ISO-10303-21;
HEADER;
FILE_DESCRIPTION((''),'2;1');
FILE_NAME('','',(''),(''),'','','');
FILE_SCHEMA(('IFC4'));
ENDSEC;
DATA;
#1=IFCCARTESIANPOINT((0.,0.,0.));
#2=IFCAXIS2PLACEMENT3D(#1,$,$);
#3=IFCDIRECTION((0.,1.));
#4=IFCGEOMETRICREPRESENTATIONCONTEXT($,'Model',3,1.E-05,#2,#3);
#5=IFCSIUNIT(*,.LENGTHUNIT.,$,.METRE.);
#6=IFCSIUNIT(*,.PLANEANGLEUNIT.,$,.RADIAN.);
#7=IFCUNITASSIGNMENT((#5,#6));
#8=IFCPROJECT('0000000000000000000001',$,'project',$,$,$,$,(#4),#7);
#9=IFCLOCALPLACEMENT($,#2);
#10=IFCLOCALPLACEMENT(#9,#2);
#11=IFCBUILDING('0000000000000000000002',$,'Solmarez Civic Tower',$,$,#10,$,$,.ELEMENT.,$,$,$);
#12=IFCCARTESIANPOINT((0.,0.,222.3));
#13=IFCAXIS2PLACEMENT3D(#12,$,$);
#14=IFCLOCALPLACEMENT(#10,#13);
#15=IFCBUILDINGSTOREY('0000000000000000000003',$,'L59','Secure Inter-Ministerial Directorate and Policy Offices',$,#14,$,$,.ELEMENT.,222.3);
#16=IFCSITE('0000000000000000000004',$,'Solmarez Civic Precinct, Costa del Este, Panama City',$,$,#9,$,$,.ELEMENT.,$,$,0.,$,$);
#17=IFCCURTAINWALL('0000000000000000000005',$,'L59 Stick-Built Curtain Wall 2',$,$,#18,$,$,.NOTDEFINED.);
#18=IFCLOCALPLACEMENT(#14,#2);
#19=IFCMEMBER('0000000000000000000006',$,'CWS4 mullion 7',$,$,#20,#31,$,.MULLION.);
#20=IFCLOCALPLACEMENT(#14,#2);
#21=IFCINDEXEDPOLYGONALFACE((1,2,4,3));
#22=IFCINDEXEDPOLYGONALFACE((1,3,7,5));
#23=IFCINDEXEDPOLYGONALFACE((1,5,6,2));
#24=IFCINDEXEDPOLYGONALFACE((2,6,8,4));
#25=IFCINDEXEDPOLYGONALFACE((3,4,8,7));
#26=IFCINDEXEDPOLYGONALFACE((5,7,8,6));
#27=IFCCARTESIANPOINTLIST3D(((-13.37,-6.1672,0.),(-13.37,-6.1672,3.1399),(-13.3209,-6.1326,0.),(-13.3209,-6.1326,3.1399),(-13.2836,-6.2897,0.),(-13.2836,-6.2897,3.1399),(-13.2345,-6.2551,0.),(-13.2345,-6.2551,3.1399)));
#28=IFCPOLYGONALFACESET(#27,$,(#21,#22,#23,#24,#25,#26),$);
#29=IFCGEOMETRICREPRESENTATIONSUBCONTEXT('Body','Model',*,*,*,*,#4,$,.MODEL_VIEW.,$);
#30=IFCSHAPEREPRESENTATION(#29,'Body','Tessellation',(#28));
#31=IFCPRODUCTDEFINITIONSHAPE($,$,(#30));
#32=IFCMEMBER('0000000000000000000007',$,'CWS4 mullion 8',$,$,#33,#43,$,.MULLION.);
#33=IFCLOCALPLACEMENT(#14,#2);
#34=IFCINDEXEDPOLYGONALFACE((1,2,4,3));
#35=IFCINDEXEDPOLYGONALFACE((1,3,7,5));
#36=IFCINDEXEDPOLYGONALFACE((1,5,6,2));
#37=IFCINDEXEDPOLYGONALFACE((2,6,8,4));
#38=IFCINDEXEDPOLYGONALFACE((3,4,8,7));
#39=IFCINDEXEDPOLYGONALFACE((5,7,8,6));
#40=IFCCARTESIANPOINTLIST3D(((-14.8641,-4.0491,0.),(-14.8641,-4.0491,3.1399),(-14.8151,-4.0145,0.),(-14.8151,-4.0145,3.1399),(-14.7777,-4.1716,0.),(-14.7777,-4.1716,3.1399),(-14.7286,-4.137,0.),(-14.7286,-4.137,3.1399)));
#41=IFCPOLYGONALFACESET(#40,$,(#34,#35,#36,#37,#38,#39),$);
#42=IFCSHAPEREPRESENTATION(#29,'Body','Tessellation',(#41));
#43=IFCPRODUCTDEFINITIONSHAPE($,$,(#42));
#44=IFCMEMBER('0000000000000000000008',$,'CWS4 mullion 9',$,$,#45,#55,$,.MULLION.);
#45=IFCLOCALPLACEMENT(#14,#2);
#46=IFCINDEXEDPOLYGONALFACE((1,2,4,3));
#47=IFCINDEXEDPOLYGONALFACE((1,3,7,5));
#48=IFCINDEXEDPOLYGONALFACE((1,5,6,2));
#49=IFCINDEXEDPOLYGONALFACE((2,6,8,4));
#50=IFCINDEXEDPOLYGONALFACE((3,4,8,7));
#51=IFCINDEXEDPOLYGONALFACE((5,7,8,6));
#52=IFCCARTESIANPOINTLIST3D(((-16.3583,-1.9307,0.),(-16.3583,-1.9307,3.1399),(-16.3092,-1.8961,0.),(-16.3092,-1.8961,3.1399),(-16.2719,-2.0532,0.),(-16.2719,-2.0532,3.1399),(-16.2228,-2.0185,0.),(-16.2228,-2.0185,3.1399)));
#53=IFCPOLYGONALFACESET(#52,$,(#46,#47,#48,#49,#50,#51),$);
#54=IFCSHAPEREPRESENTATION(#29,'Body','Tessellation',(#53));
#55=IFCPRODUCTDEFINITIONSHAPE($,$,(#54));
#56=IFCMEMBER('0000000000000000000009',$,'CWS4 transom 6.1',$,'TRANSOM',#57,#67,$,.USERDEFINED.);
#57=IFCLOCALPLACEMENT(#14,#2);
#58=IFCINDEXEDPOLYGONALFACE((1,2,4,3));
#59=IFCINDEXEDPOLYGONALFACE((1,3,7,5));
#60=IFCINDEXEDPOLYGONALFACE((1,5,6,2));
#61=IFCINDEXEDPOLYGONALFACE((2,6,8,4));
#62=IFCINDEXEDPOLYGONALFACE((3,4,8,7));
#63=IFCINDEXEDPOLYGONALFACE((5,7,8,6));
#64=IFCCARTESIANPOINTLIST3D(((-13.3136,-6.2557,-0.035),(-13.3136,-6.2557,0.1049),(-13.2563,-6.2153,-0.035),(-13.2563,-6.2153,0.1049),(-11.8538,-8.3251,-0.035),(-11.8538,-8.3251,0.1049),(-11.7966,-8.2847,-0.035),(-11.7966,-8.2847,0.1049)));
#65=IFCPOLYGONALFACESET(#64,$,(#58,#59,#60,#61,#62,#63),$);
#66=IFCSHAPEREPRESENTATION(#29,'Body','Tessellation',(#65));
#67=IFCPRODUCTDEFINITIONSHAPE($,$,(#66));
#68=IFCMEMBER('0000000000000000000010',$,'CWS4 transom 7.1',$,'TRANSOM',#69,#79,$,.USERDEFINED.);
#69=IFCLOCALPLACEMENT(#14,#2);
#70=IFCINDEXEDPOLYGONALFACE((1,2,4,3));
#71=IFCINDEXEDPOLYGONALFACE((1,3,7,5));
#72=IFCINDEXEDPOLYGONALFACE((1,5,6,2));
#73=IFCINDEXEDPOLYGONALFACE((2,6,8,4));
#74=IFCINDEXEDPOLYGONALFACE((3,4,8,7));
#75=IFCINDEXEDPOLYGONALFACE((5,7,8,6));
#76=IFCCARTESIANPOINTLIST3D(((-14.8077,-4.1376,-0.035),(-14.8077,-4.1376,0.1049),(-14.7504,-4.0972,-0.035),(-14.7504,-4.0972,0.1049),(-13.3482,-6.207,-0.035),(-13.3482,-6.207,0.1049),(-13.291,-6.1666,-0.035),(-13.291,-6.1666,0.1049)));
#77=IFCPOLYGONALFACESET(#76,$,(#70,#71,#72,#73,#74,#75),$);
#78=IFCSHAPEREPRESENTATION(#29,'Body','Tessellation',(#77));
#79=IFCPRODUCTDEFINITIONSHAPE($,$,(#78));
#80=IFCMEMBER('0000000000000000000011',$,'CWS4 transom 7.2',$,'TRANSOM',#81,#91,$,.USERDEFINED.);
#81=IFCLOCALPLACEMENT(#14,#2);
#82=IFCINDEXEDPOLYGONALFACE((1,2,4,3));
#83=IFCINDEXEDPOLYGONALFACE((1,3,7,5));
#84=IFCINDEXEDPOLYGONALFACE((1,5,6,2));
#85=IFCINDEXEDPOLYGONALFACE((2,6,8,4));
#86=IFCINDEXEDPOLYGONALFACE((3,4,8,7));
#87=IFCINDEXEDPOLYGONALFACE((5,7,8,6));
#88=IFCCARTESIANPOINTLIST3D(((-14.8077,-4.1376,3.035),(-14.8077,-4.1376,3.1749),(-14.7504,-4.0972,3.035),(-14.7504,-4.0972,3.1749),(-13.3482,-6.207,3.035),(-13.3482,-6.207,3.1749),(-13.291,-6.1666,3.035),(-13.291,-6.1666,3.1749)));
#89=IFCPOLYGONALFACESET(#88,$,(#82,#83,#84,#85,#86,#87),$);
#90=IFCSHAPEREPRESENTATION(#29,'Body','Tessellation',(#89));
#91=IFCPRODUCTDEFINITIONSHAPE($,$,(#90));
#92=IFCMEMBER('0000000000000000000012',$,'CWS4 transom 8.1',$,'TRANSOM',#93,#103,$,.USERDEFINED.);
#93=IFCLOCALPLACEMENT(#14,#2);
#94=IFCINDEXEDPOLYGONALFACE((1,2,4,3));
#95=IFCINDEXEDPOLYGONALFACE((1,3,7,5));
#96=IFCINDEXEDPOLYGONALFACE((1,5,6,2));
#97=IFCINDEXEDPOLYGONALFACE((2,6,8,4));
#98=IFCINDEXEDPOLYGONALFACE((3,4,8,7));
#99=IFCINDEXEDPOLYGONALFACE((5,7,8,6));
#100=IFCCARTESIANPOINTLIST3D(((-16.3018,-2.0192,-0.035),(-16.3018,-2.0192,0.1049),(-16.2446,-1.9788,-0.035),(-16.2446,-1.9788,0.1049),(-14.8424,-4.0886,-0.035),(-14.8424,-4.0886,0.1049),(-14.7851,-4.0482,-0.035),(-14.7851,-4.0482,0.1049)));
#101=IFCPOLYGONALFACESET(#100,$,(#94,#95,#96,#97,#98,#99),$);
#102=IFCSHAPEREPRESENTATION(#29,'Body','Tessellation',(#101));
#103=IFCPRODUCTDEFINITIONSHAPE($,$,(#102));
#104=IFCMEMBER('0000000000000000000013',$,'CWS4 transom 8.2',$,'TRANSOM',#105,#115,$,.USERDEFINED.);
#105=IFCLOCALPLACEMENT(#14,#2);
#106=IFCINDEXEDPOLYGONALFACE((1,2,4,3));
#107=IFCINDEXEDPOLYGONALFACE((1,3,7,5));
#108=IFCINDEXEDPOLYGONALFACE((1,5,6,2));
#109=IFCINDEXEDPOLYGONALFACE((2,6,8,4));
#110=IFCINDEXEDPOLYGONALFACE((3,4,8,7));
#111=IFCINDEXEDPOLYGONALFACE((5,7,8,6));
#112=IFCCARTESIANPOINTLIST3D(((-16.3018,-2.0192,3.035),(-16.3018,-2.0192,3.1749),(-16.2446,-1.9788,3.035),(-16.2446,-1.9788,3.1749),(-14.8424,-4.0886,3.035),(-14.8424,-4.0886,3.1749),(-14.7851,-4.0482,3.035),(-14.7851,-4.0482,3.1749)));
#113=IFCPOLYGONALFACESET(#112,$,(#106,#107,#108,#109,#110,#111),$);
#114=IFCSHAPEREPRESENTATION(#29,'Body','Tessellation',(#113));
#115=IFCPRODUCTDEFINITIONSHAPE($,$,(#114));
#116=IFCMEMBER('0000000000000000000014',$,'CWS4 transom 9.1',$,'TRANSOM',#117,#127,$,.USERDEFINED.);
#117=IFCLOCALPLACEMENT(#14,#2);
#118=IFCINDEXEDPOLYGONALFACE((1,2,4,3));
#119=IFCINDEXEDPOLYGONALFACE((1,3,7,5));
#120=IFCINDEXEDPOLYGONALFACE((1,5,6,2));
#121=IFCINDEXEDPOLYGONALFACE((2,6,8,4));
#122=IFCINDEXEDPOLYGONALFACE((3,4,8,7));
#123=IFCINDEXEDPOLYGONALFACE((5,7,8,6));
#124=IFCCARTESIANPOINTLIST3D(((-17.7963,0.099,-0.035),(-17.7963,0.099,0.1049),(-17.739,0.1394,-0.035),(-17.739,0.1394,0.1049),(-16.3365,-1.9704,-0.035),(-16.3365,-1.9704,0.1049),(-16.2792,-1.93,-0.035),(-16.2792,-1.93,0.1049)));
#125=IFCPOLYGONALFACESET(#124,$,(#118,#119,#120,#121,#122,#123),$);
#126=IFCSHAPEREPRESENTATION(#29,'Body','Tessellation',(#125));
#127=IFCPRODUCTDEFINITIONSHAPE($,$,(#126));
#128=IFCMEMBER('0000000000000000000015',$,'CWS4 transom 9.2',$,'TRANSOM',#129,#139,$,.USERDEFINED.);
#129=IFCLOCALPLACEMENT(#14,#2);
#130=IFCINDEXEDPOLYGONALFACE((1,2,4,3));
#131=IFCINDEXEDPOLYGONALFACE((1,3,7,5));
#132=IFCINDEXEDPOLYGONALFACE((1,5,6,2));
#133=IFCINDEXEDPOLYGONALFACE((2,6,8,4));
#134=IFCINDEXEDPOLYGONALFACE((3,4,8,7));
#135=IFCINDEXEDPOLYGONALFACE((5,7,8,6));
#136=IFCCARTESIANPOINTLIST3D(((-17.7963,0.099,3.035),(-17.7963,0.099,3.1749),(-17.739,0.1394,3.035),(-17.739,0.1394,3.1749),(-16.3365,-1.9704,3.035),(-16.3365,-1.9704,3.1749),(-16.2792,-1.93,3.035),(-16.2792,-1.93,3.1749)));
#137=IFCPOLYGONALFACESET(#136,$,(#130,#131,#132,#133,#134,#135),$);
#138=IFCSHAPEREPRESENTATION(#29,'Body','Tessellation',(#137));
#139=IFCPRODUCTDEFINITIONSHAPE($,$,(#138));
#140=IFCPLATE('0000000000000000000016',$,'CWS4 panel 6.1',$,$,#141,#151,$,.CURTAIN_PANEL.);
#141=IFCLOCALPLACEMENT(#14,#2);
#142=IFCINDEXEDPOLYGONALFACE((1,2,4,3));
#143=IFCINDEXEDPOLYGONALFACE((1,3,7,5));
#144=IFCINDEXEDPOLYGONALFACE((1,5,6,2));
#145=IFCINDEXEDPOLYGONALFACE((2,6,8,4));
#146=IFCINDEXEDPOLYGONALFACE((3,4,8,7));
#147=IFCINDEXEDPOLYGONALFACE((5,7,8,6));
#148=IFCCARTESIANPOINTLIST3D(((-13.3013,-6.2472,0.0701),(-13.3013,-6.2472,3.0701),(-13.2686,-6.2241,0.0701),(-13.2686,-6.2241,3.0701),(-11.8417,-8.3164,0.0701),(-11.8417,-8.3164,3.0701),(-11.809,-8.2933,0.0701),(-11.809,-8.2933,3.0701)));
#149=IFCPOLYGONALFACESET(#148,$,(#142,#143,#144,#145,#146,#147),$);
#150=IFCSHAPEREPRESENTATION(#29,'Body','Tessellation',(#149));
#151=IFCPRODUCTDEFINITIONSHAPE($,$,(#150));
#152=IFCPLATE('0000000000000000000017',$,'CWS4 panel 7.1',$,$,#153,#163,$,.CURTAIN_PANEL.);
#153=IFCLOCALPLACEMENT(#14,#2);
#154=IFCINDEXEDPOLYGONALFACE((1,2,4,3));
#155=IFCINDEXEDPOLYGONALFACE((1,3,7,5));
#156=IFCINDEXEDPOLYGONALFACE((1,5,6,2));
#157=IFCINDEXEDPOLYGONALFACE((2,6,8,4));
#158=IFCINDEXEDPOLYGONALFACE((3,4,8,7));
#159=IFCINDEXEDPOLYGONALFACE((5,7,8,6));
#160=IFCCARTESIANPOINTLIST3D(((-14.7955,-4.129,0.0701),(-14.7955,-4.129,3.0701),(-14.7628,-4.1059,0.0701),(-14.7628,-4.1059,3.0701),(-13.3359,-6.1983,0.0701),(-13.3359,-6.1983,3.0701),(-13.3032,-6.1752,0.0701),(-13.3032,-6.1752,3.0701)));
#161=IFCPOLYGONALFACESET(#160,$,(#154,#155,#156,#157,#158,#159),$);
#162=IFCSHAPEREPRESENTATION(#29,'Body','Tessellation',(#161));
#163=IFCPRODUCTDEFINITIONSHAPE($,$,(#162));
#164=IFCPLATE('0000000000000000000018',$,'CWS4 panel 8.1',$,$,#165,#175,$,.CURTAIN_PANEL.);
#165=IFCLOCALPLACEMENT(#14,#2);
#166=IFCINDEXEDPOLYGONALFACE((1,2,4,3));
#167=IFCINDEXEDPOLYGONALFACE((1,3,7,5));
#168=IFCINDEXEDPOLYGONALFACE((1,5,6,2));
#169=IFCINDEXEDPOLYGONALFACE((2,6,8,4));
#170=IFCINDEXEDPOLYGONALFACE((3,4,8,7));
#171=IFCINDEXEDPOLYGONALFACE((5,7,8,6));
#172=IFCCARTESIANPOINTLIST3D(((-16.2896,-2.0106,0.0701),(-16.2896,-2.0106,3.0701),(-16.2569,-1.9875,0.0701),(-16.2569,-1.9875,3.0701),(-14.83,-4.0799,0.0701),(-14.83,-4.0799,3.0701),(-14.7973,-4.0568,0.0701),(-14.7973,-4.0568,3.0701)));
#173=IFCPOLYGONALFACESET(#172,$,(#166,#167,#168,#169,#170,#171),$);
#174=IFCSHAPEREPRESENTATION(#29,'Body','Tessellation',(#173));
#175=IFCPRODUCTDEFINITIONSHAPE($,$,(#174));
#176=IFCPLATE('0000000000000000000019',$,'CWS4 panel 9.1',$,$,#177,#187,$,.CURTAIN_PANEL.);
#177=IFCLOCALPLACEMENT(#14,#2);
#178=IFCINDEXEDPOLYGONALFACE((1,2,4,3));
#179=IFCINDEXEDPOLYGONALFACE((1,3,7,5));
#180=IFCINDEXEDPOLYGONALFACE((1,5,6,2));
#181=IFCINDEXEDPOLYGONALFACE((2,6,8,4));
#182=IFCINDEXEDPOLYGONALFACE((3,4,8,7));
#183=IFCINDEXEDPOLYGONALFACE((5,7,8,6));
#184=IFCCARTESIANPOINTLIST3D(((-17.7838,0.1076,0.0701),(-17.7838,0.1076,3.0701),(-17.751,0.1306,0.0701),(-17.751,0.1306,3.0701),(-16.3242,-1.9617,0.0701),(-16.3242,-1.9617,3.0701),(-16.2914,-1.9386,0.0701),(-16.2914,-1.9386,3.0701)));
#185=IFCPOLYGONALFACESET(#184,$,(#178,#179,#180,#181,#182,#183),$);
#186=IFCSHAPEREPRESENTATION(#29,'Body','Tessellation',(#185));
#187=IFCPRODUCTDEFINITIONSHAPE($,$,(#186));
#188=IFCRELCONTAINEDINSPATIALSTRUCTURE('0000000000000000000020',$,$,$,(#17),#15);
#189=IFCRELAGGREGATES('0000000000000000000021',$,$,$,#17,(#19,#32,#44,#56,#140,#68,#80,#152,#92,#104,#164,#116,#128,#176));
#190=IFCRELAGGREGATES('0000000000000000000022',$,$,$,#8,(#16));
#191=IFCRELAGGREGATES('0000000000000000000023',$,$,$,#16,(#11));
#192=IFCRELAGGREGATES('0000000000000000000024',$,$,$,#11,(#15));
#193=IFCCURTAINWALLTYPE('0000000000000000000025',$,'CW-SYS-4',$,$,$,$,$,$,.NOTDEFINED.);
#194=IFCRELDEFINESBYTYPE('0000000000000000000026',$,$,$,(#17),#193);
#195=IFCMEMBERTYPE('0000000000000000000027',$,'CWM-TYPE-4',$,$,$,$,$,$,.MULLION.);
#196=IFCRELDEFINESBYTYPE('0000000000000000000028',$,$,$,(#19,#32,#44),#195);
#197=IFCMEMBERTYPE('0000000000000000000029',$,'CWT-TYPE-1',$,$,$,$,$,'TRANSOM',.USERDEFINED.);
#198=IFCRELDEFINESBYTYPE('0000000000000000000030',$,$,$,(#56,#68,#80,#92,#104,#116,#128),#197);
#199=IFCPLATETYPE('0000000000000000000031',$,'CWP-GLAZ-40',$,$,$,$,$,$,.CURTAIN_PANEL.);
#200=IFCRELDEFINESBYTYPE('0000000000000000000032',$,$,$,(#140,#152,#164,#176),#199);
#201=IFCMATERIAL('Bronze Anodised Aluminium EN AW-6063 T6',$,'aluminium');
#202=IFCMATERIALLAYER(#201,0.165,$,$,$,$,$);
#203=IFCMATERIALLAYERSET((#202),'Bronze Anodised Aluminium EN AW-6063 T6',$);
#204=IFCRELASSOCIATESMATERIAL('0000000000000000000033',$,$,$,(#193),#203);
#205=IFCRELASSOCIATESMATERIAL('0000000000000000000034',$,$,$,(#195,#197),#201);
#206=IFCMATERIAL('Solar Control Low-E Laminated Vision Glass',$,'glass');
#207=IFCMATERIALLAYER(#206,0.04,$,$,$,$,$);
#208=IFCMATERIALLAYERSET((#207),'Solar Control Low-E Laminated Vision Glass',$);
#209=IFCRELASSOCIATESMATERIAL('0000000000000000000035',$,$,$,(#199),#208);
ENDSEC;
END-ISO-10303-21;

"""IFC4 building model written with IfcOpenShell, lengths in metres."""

from ifc_helpers import new_model, si_unit, direction, frame, origin, origin_2d, place, context, subcontext, project, spatial, rectangle, extrude, material, layer, layer_set, material_profile, profile_set, type_object, element, aggregate, save


model = new_model("IFC4")

# Units and contexts
model_context = context("Model", 3, precision=1e-05, world=origin(), true_north=direction((0.0, 1.0)))
body_context = subcontext(model_context, "Body", "Model", "MODEL_VIEW")
ifc_project = project(units=[si_unit("LENGTHUNIT", "METRE"), si_unit("PLANEANGLEUNIT", "RADIAN")], contexts=[model_context])

# Site, building, storey
site_placement = place(None, origin())
site = spatial("IfcSite", under=ifc_project, at=site_placement, Name="Solmarez Civic Precinct, Costa del Este, Panama City", CompositionType="ELEMENT", RefElevation=0.0)
building_placement = place(site_placement, origin())
building = spatial("IfcBuilding", under=site, at=building_placement, Name="Solmarez Civic Tower", CompositionType="ELEMENT")
storey_placement = place(building_placement, frame((0.0, 0.0, 222.3)))
storey = spatial("IfcBuildingStorey", under=building, at=storey_placement, Name="L59", Description="Secure Inter-Ministerial Directorate and Policy Offices", CompositionType="ELEMENT", Elevation=222.3)

# Curtain wall, members, plates
ifc_material_1 = material(Name="Bronze Anodised Aluminium EN AW-6063 T6", Category="aluminium")
ifc_layer_1 = layer(ifc_material_1, 0.165)
ifc_layer_set_1 = layer_set([ifc_layer_1], Name="Bronze Anodised Aluminium EN AW-6063 T6")
curtain_wall_type = type_object("IfcCurtainWallType", Name="CW-SYS-4", PredefinedType="NOTDEFINED", material=ifc_layer_set_1)
curtain_wall_placement = place(storey_placement, origin())
curtain_wall = element("IfcCurtainWall", 1, at=curtain_wall_placement, inside=storey, type_object=curtain_wall_type, Name="L59 Stick-Built Curtain Wall 2", PredefinedType="NOTDEFINED")
ifc_material_profile_1 = material_profile(ifc_material_1, rectangle(XDim=0.0601, YDim=0.1499, at=origin_2d()), Name="CWM-60X150")
ifc_profile_set_1 = profile_set([ifc_material_profile_1], Name="Bronze Anodised Aluminium EN AW-6063 T6")
member_type_1 = type_object("IfcMemberType", Name="CWM-TYPE-4", PredefinedType="MULLION", material=ifc_profile_set_1)
member_1_placement = place(storey_placement, frame((-13.3022, -6.2112, 0.0), z_axis=(0.0, 0.0, 1.0), x_axis=(-0.817162, -0.576408, 0.0)))
member_1 = element("IfcMember", 2, at=member_1_placement, type_object=member_type_1, Name="CWS4 mullion 7", PredefinedType="MULLION", context=body_context, shape_type="SweptSolid", body=[
    extrude(rectangle(XDim=0.0601, YDim=0.1499, at=origin_2d()), origin(), (0.0, 0.0, 1.0), 3.1399),
])
member_2_placement = place(storey_placement, frame((-14.7964, -4.093, 0.0), z_axis=(0.0, 0.0, 1.0), x_axis=(-0.817162, -0.576408, 0.0)))
member_2 = element("IfcMember", 3, at=member_2_placement, type_object=member_type_1, Name="CWS4 mullion 8", PredefinedType="MULLION", context=body_context, shape_type="SweptSolid", body=[
    extrude(rectangle(XDim=0.0601, YDim=0.1499, at=origin_2d()), origin(), (0.0, 0.0, 1.0), 3.1399),
])
member_3_placement = place(storey_placement, frame((-16.2905, -1.9746, 0.0), z_axis=(0.0, 0.0, 1.0), x_axis=(-0.817162, -0.576408, 0.0)))
member_3 = element("IfcMember", 4, at=member_3_placement, type_object=member_type_1, Name="CWS4 mullion 9", PredefinedType="MULLION", context=body_context, shape_type="SweptSolid", body=[
    extrude(rectangle(XDim=0.0601, YDim=0.1499, at=origin_2d()), origin(), (0.0, 0.0, 1.0), 3.1399),
])
ifc_material_profile_2 = material_profile(ifc_material_1, rectangle(XDim=0.0701, YDim=0.1399, at=origin_2d()), Name="CWT-70X140")
ifc_profile_set_2 = profile_set([ifc_material_profile_2], Name="Bronze Anodised Aluminium EN AW-6063 T6")
member_type_2 = type_object("IfcMemberType", Name="CWT-TYPE-1", ElementType="TRANSOM", PredefinedType="USERDEFINED", material=ifc_profile_set_2)
member_4_placement = place(storey_placement, frame((-11.8252, -8.3049, 0.0349), z_axis=(-0.576422, 0.817152, 0.0), x_axis=(-0.817152, -0.576422, 0.0)))
member_4 = element("IfcMember", 5, at=member_4_placement, type_object=member_type_2, Name="CWS4 transom 6.1", ObjectType="TRANSOM", PredefinedType="USERDEFINED", context=body_context, shape_type="SweptSolid", body=[
    extrude(rectangle(XDim=0.0701, YDim=0.1399, at=origin_2d()), origin(), (0.0, 0.0, 1.0), 2.5325),
])
member_5_placement = place(storey_placement, frame((-13.3196, -6.1868, 0.0349), z_axis=(-0.576358, 0.817198, 0.0), x_axis=(-0.817198, -0.576358, 0.0)))
member_5 = element("IfcMember", 6, at=member_5_placement, type_object=member_type_2, Name="CWS4 transom 7.1", ObjectType="TRANSOM", PredefinedType="USERDEFINED", context=body_context, shape_type="SweptSolid", body=[
    extrude(rectangle(XDim=0.0701, YDim=0.1399, at=origin_2d()), origin(), (0.0, 0.0, 1.0), 2.5322),
])
member_6_placement = place(storey_placement, frame((-13.3196, -6.1868, 3.105), z_axis=(-0.576358, 0.817198, 0.0), x_axis=(-0.817198, -0.576358, 0.0)))
member_6 = element("IfcMember", 7, at=member_6_placement, type_object=member_type_2, Name="CWS4 transom 7.2", ObjectType="TRANSOM", PredefinedType="USERDEFINED", context=body_context, shape_type="SweptSolid", body=[
    extrude(rectangle(XDim=0.0701, YDim=0.1399, at=origin_2d()), origin(), (0.0, 0.0, 1.0), 2.5322),
])
member_7_placement = place(storey_placement, frame((-14.8137, -4.0684, 0.0349), z_axis=(-0.576358, 0.817198, 0.0), x_axis=(-0.817198, -0.576358, 0.0)))
member_7 = element("IfcMember", 8, at=member_7_placement, type_object=member_type_2, Name="CWS4 transom 8.1", ObjectType="TRANSOM", PredefinedType="USERDEFINED", context=body_context, shape_type="SweptSolid", body=[
    extrude(rectangle(XDim=0.0701, YDim=0.1399, at=origin_2d()), origin(), (0.0, 0.0, 1.0), 2.5322),
])
member_8_placement = place(storey_placement, frame((-14.8137, -4.0684, 3.105), z_axis=(-0.576358, 0.817198, 0.0), x_axis=(-0.817198, -0.576358, 0.0)))
member_8 = element("IfcMember", 9, at=member_8_placement, type_object=member_type_2, Name="CWS4 transom 8.2", ObjectType="TRANSOM", PredefinedType="USERDEFINED", context=body_context, shape_type="SweptSolid", body=[
    extrude(rectangle(XDim=0.0701, YDim=0.1399, at=origin_2d()), origin(), (0.0, 0.0, 1.0), 2.5322),
])
member_9_placement = place(storey_placement, frame((-16.3079, -1.9502, 0.0349), z_axis=(-0.576422, 0.817152, 0.0), x_axis=(-0.817152, -0.576422, 0.0)))
member_9 = element("IfcMember", 10, at=member_9_placement, type_object=member_type_2, Name="CWS4 transom 9.1", ObjectType="TRANSOM", PredefinedType="USERDEFINED", context=body_context, shape_type="SweptSolid", body=[
    extrude(rectangle(XDim=0.0701, YDim=0.1399, at=origin_2d()), origin(), (0.0, 0.0, 1.0), 2.5325),
])
member_10_placement = place(storey_placement, frame((-16.3079, -1.9502, 3.105), z_axis=(-0.576422, 0.817152, 0.0), x_axis=(-0.817152, -0.576422, 0.0)))
member_10 = element("IfcMember", 11, at=member_10_placement, type_object=member_type_2, Name="CWS4 transom 9.2", ObjectType="TRANSOM", PredefinedType="USERDEFINED", context=body_context, shape_type="SweptSolid", body=[
    extrude(rectangle(XDim=0.0701, YDim=0.1399, at=origin_2d()), origin(), (0.0, 0.0, 1.0), 2.5325),
])
ifc_material_2 = material(Name="Solar Control Low-E Laminated Vision Glass", Category="glass")
ifc_layer_2 = layer(ifc_material_2, 0.04)
ifc_layer_set_2 = layer_set([ifc_layer_2], Name="Solar Control Low-E Laminated Vision Glass")
plate_type = type_object("IfcPlateType", Name="CWP-GLAZ-40", PredefinedType="CURTAIN_PANEL", material=ifc_layer_set_2)
plate_1_placement = place(storey_placement, frame((-12.5552, -7.2703, 0.0701), z_axis=(0.0, 0.0, 1.0), x_axis=(-0.576408, 0.817162, 0.0)))
plate_1 = element("IfcPlate", 12, at=plate_1_placement, type_object=plate_type, Name="CWS4 panel 6.1", PredefinedType="CURTAIN_PANEL", context=body_context, shape_type="SweptSolid", body=[
    extrude(rectangle(XDim=2.5322, YDim=0.04, at=origin_2d()), origin(), (0.0, 0.0, 1.0), 3.0),
])
plate_2_placement = place(storey_placement, frame((-14.0493, -5.1521, 0.0701), z_axis=(0.0, 0.0, 1.0), x_axis=(-0.576408, 0.817162, 0.0)))
plate_2 = element("IfcPlate", 13, at=plate_2_placement, type_object=plate_type, Name="CWS4 panel 7.1", PredefinedType="CURTAIN_PANEL", context=body_context, shape_type="SweptSolid", body=[
    extrude(rectangle(XDim=2.5322, YDim=0.04, at=origin_2d()), origin(), (0.0, 0.0, 1.0), 3.0),
])
plate_3_placement = place(storey_placement, frame((-15.5435, -3.0337, 0.0701), z_axis=(0.0, 0.0, 1.0), x_axis=(-0.576408, 0.817162, 0.0)))
plate_3 = element("IfcPlate", 14, at=plate_3_placement, type_object=plate_type, Name="CWS4 panel 8.1", PredefinedType="CURTAIN_PANEL", context=body_context, shape_type="SweptSolid", body=[
    extrude(rectangle(XDim=2.5322, YDim=0.04, at=origin_2d()), origin(), (0.0, 0.0, 1.0), 3.0),
])
plate_4_placement = place(storey_placement, frame((-17.0376, -0.9155, 0.0701), z_axis=(0.0, 0.0, 1.0), x_axis=(-0.576408, 0.817162, 0.0)))
plate_4 = element("IfcPlate", 15, at=plate_4_placement, type_object=plate_type, Name="CWS4 panel 9.1", PredefinedType="CURTAIN_PANEL", context=body_context, shape_type="SweptSolid", body=[
    extrude(rectangle(XDim=2.5322, YDim=0.04, at=origin_2d()), origin(), (0.0, 0.0, 1.0), 3.0),
])
aggregate(curtain_wall, [member_1, member_2, member_3, member_4, plate_1, member_5, member_6, plate_2, member_7, member_8, plate_3, member_9, member_10, plate_4])

save(model, "model.ifc")
